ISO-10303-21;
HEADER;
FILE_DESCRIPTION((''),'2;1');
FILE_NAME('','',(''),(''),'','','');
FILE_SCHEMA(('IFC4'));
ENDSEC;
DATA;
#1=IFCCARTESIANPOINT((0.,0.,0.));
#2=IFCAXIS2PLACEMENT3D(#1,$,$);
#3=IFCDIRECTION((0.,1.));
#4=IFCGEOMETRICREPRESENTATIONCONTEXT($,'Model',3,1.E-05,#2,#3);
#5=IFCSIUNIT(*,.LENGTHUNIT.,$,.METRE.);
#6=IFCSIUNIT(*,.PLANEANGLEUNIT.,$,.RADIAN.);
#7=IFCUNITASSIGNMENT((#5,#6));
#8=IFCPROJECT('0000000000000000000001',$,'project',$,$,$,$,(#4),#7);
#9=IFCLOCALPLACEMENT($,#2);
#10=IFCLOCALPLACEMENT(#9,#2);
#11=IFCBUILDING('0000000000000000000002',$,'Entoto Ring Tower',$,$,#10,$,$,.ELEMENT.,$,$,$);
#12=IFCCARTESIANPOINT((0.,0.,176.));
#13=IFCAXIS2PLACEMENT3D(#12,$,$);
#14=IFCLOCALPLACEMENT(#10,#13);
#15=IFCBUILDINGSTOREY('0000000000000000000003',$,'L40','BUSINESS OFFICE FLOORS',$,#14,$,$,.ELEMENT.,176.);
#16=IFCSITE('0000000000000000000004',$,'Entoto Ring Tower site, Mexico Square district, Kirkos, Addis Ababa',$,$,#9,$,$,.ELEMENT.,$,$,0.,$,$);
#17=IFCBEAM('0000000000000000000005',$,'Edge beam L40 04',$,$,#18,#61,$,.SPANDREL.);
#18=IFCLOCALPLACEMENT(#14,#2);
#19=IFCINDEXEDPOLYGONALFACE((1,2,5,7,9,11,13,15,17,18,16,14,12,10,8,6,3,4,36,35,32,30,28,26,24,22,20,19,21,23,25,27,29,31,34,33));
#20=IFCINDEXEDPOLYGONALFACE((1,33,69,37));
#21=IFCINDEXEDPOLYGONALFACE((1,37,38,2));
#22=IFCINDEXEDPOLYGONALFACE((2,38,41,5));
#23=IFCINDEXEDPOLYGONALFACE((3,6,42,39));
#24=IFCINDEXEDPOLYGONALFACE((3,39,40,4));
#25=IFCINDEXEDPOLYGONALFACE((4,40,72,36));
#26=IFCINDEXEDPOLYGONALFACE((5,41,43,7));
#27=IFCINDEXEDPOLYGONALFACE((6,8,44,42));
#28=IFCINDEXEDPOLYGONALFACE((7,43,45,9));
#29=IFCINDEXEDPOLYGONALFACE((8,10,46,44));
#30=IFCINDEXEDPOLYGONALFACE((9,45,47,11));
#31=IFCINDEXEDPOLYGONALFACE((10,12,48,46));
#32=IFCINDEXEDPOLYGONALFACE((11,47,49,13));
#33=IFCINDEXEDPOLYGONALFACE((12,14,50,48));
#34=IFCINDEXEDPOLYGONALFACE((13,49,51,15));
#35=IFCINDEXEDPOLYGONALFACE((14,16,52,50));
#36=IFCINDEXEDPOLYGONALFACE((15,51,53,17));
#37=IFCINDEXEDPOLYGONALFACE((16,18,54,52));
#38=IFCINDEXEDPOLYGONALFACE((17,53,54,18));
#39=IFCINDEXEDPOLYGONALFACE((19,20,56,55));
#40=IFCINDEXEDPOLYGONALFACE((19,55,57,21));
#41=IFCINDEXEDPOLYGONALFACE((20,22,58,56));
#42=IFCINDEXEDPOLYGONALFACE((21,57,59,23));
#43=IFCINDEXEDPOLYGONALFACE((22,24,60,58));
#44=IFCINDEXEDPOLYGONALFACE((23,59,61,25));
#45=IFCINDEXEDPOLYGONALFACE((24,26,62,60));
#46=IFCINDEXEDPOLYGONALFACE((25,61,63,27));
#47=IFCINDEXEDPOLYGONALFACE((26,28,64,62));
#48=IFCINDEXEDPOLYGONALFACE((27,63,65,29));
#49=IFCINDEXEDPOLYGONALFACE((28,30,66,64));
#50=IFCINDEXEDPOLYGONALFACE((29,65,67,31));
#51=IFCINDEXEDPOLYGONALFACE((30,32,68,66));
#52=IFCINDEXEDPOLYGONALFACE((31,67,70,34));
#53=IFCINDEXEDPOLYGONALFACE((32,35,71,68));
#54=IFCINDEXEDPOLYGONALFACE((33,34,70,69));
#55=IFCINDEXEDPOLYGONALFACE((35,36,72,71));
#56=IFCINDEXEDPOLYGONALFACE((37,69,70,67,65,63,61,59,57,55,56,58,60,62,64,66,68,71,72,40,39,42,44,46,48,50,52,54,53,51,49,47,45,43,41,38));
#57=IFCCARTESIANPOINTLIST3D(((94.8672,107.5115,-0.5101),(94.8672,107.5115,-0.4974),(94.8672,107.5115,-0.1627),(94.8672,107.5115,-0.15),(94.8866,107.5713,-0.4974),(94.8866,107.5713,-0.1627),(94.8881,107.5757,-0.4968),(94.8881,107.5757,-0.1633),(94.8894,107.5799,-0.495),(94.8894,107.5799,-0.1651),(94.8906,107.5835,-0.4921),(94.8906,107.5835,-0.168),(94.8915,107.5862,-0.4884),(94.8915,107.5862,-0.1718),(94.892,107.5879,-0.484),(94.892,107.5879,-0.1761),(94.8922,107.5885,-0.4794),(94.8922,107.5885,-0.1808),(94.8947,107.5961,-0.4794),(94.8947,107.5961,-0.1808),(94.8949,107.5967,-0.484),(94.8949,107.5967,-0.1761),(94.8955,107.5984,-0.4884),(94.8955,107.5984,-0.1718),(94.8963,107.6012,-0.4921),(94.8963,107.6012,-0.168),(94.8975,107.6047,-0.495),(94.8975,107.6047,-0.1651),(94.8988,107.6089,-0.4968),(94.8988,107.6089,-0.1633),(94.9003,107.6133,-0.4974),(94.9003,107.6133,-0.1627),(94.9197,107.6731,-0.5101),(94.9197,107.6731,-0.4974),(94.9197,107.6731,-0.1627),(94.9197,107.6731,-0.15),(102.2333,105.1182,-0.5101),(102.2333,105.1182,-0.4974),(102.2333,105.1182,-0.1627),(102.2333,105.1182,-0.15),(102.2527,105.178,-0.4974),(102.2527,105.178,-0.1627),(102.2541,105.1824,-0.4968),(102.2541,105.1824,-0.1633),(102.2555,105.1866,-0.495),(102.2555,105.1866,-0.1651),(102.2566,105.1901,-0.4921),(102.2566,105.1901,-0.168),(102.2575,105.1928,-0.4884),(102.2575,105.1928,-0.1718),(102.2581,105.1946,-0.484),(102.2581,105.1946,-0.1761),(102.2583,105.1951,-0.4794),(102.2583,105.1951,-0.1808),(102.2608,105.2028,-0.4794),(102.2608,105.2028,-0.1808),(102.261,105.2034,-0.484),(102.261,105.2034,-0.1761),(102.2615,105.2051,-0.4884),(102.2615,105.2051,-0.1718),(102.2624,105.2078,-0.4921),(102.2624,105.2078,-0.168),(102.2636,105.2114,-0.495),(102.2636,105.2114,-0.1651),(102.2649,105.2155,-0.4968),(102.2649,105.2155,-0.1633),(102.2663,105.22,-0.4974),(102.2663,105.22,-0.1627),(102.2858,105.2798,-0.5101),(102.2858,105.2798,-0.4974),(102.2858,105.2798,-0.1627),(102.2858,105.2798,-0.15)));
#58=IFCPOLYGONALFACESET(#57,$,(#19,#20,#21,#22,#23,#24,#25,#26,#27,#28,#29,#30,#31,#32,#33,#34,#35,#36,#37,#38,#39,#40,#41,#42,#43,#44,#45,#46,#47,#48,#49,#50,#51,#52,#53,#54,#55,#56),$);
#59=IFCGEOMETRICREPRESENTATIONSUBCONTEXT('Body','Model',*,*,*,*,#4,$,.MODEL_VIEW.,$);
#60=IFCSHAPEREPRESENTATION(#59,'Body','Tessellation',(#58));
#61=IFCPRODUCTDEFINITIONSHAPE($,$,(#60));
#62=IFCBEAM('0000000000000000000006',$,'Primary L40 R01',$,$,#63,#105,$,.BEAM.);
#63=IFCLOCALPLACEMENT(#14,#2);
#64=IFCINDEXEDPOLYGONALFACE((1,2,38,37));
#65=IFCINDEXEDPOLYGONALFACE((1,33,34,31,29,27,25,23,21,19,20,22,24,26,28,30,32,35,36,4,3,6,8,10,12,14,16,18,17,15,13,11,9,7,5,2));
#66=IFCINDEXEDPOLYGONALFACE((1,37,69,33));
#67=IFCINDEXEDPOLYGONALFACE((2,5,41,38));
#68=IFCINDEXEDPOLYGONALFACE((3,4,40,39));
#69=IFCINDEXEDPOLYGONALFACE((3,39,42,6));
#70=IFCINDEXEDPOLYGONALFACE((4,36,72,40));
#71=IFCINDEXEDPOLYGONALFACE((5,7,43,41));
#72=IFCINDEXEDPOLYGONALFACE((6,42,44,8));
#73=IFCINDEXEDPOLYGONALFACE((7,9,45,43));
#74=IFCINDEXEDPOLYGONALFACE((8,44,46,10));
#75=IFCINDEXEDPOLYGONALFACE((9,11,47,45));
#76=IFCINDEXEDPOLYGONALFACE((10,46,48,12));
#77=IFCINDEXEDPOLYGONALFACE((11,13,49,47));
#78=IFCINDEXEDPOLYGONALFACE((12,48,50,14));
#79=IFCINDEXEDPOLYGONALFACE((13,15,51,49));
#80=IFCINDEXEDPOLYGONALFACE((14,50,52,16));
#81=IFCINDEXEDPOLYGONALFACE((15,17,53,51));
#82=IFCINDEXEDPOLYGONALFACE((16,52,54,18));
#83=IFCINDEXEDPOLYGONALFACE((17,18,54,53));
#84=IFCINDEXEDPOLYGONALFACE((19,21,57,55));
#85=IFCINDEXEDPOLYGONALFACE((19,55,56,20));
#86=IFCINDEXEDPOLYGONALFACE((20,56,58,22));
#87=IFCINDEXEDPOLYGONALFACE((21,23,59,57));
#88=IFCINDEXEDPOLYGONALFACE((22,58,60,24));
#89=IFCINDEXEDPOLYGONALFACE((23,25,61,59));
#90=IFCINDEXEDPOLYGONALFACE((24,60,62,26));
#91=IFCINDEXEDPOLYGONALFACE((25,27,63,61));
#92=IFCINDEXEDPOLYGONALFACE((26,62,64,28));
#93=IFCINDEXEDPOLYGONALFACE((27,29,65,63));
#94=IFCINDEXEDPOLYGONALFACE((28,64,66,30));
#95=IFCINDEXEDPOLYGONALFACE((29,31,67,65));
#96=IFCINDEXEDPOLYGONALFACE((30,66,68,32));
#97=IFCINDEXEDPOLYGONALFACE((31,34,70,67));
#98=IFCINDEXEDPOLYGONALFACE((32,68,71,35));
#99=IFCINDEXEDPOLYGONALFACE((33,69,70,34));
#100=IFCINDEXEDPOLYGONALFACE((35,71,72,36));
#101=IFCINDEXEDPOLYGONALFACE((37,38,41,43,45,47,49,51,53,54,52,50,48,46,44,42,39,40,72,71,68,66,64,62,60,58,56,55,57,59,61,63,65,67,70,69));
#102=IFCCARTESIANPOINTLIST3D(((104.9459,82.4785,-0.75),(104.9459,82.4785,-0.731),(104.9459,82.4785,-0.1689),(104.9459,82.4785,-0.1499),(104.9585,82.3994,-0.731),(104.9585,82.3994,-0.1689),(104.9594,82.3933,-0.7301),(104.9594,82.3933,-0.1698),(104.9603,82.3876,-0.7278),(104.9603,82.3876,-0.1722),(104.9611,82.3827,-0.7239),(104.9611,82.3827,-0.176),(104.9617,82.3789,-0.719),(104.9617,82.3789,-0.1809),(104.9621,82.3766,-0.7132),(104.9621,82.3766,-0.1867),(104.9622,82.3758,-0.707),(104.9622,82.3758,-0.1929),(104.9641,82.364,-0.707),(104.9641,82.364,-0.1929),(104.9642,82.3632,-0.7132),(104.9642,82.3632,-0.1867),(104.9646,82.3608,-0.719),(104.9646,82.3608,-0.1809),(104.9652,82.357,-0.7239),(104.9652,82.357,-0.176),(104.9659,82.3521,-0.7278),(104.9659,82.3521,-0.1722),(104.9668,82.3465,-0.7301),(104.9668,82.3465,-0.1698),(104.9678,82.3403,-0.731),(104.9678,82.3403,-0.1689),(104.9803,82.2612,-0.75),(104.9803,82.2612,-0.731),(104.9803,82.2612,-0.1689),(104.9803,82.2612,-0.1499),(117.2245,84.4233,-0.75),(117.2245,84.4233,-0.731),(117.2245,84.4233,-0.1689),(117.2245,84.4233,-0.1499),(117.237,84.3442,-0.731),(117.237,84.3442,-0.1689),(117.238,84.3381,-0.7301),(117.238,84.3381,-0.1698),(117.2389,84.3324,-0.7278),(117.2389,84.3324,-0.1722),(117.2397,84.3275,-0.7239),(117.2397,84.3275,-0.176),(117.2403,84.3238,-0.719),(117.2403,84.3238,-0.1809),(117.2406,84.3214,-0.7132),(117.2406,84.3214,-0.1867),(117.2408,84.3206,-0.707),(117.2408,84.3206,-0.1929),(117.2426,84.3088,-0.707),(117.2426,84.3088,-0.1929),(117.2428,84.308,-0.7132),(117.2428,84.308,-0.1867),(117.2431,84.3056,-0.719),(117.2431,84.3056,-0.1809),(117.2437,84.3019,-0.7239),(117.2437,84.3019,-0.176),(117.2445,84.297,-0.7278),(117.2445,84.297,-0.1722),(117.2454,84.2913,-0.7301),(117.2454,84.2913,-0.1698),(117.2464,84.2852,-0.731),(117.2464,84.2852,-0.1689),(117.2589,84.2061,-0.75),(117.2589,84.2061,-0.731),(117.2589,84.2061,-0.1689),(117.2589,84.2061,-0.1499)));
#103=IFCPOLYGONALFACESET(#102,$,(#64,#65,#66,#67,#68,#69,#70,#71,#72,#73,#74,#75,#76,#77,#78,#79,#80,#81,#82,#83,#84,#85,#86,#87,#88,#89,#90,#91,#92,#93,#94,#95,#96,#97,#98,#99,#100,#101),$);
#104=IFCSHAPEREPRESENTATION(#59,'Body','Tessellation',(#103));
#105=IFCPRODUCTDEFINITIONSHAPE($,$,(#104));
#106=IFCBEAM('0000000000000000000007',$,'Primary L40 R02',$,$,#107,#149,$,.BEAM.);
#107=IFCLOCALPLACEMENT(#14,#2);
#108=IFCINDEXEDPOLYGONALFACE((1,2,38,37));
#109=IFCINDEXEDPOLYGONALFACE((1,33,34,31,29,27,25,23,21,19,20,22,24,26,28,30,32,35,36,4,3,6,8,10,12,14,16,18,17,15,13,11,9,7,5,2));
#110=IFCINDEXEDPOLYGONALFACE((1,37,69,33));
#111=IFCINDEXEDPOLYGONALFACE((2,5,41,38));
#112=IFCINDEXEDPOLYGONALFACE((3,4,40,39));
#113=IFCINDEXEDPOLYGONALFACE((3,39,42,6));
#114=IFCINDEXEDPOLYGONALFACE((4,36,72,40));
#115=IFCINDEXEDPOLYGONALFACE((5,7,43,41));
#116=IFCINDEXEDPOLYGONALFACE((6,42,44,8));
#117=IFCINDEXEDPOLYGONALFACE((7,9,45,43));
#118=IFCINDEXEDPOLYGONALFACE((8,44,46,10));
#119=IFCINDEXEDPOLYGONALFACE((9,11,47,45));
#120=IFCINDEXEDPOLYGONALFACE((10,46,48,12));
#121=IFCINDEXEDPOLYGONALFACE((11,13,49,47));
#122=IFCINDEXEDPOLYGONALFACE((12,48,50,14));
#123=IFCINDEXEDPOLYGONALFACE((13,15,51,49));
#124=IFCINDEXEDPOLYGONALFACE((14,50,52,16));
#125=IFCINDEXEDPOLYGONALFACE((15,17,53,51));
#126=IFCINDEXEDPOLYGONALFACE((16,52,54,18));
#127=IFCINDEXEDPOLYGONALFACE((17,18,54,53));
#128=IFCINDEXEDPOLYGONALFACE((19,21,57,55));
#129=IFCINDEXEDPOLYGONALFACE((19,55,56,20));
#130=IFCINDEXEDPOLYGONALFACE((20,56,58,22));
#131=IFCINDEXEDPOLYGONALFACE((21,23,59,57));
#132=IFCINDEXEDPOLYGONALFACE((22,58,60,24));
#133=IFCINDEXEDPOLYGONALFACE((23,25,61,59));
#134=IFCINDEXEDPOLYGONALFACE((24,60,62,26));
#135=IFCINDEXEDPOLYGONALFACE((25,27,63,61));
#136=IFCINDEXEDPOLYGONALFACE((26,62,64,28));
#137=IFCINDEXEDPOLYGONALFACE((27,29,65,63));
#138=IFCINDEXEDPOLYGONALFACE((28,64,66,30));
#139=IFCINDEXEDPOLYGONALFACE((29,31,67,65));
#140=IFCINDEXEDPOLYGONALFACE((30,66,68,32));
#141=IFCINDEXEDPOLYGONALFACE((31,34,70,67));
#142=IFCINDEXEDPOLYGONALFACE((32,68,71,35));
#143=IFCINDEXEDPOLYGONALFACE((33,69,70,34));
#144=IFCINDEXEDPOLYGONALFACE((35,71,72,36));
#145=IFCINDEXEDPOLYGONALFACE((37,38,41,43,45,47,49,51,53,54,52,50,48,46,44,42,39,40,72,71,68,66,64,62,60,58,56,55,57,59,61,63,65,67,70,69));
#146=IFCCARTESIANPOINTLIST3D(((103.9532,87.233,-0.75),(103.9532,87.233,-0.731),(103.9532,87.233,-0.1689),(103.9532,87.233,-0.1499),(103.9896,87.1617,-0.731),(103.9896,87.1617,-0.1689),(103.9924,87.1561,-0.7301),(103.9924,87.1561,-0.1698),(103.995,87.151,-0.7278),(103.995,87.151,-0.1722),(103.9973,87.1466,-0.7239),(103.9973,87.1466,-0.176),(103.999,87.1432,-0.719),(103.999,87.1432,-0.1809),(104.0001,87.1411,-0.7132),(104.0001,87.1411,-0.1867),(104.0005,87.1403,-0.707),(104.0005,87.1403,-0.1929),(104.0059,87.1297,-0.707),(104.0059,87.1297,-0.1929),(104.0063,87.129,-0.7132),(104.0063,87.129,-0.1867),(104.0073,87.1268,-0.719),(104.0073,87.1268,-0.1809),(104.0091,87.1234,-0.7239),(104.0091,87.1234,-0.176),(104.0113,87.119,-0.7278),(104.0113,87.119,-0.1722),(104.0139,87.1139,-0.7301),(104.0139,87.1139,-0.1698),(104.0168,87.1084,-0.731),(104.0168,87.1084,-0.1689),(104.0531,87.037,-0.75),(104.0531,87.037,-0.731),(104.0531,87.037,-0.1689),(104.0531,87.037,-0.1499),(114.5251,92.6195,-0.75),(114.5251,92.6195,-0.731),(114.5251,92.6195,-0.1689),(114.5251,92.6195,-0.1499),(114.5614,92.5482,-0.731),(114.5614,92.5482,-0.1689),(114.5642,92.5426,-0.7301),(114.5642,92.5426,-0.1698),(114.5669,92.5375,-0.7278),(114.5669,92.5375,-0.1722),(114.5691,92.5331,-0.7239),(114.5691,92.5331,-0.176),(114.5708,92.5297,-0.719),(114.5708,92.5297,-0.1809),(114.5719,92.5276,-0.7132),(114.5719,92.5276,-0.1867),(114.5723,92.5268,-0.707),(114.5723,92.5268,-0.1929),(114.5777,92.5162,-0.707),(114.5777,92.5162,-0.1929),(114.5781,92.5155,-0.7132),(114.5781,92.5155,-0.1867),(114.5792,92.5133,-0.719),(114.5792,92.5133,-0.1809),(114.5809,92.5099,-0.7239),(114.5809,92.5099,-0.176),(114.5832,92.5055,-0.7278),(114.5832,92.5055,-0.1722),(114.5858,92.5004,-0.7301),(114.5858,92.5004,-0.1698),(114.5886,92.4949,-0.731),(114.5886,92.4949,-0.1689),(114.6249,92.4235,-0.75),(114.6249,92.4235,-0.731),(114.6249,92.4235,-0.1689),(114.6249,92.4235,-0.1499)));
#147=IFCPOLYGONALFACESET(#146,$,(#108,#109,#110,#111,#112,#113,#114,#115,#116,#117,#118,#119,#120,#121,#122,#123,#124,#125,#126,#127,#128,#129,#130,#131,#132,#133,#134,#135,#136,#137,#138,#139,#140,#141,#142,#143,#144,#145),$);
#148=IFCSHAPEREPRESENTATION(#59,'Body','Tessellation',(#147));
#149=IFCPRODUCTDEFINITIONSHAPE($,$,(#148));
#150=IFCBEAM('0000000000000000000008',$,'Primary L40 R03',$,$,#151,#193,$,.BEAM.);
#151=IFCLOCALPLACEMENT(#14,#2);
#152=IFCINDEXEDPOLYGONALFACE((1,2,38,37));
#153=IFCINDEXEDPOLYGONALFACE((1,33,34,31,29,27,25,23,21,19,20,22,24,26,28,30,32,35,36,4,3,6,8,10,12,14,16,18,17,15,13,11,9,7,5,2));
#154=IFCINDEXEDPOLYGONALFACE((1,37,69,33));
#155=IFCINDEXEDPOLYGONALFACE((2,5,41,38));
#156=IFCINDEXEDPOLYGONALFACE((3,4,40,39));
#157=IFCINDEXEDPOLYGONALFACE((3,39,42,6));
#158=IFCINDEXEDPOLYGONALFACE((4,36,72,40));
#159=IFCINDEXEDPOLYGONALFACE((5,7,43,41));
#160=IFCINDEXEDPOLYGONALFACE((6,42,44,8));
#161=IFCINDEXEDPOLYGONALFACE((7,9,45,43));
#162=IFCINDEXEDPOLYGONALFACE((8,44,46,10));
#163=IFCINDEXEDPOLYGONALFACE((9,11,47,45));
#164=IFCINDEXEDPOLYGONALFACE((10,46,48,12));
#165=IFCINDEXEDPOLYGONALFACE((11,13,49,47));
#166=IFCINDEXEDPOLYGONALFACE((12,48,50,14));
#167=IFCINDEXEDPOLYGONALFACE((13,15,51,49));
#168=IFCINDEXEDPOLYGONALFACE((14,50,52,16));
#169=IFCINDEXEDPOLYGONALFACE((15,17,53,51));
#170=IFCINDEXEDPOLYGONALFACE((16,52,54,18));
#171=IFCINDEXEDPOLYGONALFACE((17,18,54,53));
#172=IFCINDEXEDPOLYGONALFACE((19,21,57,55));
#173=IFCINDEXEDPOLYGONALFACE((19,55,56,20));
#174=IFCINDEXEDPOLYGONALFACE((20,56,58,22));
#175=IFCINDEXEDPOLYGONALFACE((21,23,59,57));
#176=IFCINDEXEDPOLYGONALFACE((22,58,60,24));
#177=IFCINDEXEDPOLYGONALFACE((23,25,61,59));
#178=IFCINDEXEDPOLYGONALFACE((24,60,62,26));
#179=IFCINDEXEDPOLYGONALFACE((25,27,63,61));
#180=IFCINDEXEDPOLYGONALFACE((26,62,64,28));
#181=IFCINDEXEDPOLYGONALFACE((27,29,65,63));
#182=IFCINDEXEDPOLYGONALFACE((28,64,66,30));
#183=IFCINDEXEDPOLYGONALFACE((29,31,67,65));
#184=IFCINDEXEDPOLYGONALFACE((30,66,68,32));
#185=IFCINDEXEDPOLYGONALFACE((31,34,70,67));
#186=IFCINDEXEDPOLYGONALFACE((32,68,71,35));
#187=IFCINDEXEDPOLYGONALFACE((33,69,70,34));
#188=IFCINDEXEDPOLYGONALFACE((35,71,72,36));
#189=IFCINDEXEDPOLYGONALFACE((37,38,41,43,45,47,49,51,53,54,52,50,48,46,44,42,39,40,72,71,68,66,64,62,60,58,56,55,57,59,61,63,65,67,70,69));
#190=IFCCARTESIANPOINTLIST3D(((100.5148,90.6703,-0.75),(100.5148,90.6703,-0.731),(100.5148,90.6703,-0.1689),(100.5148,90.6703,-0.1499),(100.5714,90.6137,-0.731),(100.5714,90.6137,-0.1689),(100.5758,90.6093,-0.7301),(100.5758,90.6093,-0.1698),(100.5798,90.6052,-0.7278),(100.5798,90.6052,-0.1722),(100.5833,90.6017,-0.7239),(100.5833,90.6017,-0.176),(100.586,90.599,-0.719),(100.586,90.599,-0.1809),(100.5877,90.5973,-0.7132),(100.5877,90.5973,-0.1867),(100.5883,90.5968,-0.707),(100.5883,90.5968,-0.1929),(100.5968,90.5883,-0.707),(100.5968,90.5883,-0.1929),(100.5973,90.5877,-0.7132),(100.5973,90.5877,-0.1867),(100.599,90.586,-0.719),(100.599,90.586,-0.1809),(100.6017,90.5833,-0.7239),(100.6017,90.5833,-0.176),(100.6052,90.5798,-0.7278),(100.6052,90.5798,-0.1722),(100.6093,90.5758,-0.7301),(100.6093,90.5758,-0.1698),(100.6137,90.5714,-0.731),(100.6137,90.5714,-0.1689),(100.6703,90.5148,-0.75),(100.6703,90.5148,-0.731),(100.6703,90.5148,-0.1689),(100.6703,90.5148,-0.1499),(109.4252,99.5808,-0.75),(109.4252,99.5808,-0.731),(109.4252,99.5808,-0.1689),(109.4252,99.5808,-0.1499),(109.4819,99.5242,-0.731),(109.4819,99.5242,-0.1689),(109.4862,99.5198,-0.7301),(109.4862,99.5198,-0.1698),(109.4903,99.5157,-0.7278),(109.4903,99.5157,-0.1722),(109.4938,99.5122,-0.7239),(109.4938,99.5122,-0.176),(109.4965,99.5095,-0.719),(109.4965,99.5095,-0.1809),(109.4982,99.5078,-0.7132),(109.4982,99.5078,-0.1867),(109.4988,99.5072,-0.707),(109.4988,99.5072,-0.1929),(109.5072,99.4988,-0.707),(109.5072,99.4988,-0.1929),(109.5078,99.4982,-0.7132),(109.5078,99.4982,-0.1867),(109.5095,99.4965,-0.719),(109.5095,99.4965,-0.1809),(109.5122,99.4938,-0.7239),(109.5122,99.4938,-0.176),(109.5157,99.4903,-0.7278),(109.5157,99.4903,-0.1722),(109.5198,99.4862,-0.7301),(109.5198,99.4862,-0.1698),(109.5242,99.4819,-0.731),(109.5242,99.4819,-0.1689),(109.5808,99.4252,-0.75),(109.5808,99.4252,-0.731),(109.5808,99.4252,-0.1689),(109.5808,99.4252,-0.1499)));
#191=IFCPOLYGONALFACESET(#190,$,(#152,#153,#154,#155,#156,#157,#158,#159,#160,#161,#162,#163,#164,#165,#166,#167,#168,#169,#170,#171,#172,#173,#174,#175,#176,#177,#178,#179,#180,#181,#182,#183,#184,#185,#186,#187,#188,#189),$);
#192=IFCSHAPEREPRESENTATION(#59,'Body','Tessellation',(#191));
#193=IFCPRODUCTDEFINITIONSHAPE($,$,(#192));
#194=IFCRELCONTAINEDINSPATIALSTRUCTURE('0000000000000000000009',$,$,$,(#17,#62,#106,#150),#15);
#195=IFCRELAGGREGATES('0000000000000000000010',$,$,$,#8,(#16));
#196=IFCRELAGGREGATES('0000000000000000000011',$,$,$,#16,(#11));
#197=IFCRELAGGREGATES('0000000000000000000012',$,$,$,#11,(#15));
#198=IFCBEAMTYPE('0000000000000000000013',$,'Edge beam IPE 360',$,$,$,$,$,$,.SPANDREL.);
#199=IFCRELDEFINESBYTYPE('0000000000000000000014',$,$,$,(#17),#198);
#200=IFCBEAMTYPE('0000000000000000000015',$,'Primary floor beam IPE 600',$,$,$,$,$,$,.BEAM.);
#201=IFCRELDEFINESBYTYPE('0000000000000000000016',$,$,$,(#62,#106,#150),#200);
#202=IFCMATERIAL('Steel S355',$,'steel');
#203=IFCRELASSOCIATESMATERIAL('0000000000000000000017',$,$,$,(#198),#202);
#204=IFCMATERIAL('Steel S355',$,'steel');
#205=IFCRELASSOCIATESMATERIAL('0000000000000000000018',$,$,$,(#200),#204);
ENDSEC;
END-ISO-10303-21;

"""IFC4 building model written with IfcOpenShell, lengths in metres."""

from ifc_helpers import new_model, si_unit, direction, frame, origin, origin_2d, place, context, subcontext, project, spatial, i_section, extrude, material, material_profile, profile_set, type_object, element, save


model = new_model("IFC4")

# Units and contexts
model_context = context("Model", 3, precision=1e-05, world=origin(), true_north=direction((0.0, 1.0)))
body_context = subcontext(model_context, "Body", "Model", "MODEL_VIEW")
ifc_project = project(units=[si_unit("LENGTHUNIT", "METRE"), si_unit("PLANEANGLEUNIT", "RADIAN")], contexts=[model_context])

# Site, building, storey
site_placement = place(None, origin())
site = spatial("IfcSite", under=ifc_project, at=site_placement, Name="Entoto Ring Tower site, Mexico Square district, Kirkos, Addis Ababa", CompositionType="ELEMENT", RefElevation=0.0)
building_placement = place(site_placement, origin())
building = spatial("IfcBuilding", under=site, at=building_placement, Name="Entoto Ring Tower", CompositionType="ELEMENT")
storey_placement = place(building_placement, frame((0.0, 0.0, 176.0)))
storey = spatial("IfcBuildingStorey", under=building, at=storey_placement, Name="L40", Description="BUSINESS OFFICE FLOORS", CompositionType="ELEMENT", Elevation=176.0)

# Beams
ifc_material_1 = material(Name="Steel S355", Category="steel")
ifc_material_profile_1 = material_profile(ifc_material_1, i_section(OverallWidth=0.1699, OverallDepth=0.3601, WebThickness=0.0081, FlangeThickness=0.0127, FilletRadius=0.0181, at=origin_2d()), Name="IPE 360")
ifc_profile_set_1 = profile_set([ifc_material_profile_1], Name="Steel S355")
beam_type_1 = type_object("IfcBeamType", Name="Edge beam IPE 360", PredefinedType="SPANDREL", material=ifc_profile_set_1)
for number, where, z_axis, x_axis, name in (
    (1, (102.2595, 105.199, -0.3301), (-0.951058, 0.309013, 0.0), (-0.309013, -0.951058, 0.0), "Edge beam L40 04"),
):
    element("IfcBeam", number, at=place(storey_placement, frame(where, z_axis=z_axis, x_axis=x_axis)), inside=storey, type_object=beam_type_1, Name=name, PredefinedType="SPANDREL", context=body_context, shape_type="SweptSolid", body=[
        extrude(i_section(OverallWidth=0.1699, OverallDepth=0.3601, WebThickness=0.0081, FlangeThickness=0.0127, FilletRadius=0.0181, at=origin_2d()), origin(), (0.0, 0.0, 1.0), 7.7451),
    ])
ifc_material_2 = material(Name="Steel S355", Category="steel")
ifc_material_profile_2 = material_profile(ifc_material_2, i_section(OverallWidth=0.22, OverallDepth=0.6001, WebThickness=0.012, FlangeThickness=0.019, FilletRadius=0.0239, at=origin_2d()), Name="IPE 600")
ifc_profile_set_2 = profile_set([ifc_material_profile_2], Name="Steel S355")
beam_type_2 = type_object("IfcBeamType", Name="Primary floor beam IPE 600", PredefinedType="BEAM", material=ifc_profile_set_2)
beam_1_placement = place(storey_placement, frame((104.9631, 82.3699, -0.45), z_axis=(0.987687, 0.156442, 0.0), x_axis=(-0.156442, 0.987687, 0.0)))
element("IfcBeam", 2, at=beam_1_placement, inside=storey, type_object=beam_type_2, Name="Primary L40 R01", PredefinedType="BEAM", context=body_context, shape_type="SweptSolid", body=[
    extrude(i_section(OverallWidth=0.22, OverallDepth=0.6001, WebThickness=0.012, FlangeThickness=0.019, FilletRadius=0.0239, at=origin_2d()), origin(), (0.0, 0.0, 1.0), 12.4316),
])
beam_2_placement = place(storey_placement, frame((104.0032, 87.135, -0.45), z_axis=(0.89101, 0.453983, 0.0), x_axis=(-0.453983, 0.89101, 0.0)))
element("IfcBeam", 3, at=beam_2_placement, inside=storey, type_object=beam_type_2, Name="Primary L40 R02", PredefinedType="BEAM", context=body_context, shape_type="SweptSolid", body=[
    extrude(i_section(OverallWidth=0.22, OverallDepth=0.6001, WebThickness=0.012, FlangeThickness=0.019, FilletRadius=0.0239, at=origin_2d()), origin(), (0.0, 0.0, 1.0), 11.865),
])
beam_3_placement = place(storey_placement, frame((100.5925, 90.5925, -0.45), z_axis=(0.707107, 0.707107, 0.0), x_axis=(-0.707107, 0.707107, 0.0)))
element("IfcBeam", 4, at=beam_3_placement, inside=storey, type_object=beam_type_2, Name="Primary L40 R03", PredefinedType="BEAM", context=body_context, shape_type="SweptSolid", body=[
    extrude(i_section(OverallWidth=0.22, OverallDepth=0.6001, WebThickness=0.012, FlangeThickness=0.019, FilletRadius=0.0239, at=origin_2d()), origin(), (0.0, 0.0, 1.0), 12.6013),
])

save(model, "model.ifc")
